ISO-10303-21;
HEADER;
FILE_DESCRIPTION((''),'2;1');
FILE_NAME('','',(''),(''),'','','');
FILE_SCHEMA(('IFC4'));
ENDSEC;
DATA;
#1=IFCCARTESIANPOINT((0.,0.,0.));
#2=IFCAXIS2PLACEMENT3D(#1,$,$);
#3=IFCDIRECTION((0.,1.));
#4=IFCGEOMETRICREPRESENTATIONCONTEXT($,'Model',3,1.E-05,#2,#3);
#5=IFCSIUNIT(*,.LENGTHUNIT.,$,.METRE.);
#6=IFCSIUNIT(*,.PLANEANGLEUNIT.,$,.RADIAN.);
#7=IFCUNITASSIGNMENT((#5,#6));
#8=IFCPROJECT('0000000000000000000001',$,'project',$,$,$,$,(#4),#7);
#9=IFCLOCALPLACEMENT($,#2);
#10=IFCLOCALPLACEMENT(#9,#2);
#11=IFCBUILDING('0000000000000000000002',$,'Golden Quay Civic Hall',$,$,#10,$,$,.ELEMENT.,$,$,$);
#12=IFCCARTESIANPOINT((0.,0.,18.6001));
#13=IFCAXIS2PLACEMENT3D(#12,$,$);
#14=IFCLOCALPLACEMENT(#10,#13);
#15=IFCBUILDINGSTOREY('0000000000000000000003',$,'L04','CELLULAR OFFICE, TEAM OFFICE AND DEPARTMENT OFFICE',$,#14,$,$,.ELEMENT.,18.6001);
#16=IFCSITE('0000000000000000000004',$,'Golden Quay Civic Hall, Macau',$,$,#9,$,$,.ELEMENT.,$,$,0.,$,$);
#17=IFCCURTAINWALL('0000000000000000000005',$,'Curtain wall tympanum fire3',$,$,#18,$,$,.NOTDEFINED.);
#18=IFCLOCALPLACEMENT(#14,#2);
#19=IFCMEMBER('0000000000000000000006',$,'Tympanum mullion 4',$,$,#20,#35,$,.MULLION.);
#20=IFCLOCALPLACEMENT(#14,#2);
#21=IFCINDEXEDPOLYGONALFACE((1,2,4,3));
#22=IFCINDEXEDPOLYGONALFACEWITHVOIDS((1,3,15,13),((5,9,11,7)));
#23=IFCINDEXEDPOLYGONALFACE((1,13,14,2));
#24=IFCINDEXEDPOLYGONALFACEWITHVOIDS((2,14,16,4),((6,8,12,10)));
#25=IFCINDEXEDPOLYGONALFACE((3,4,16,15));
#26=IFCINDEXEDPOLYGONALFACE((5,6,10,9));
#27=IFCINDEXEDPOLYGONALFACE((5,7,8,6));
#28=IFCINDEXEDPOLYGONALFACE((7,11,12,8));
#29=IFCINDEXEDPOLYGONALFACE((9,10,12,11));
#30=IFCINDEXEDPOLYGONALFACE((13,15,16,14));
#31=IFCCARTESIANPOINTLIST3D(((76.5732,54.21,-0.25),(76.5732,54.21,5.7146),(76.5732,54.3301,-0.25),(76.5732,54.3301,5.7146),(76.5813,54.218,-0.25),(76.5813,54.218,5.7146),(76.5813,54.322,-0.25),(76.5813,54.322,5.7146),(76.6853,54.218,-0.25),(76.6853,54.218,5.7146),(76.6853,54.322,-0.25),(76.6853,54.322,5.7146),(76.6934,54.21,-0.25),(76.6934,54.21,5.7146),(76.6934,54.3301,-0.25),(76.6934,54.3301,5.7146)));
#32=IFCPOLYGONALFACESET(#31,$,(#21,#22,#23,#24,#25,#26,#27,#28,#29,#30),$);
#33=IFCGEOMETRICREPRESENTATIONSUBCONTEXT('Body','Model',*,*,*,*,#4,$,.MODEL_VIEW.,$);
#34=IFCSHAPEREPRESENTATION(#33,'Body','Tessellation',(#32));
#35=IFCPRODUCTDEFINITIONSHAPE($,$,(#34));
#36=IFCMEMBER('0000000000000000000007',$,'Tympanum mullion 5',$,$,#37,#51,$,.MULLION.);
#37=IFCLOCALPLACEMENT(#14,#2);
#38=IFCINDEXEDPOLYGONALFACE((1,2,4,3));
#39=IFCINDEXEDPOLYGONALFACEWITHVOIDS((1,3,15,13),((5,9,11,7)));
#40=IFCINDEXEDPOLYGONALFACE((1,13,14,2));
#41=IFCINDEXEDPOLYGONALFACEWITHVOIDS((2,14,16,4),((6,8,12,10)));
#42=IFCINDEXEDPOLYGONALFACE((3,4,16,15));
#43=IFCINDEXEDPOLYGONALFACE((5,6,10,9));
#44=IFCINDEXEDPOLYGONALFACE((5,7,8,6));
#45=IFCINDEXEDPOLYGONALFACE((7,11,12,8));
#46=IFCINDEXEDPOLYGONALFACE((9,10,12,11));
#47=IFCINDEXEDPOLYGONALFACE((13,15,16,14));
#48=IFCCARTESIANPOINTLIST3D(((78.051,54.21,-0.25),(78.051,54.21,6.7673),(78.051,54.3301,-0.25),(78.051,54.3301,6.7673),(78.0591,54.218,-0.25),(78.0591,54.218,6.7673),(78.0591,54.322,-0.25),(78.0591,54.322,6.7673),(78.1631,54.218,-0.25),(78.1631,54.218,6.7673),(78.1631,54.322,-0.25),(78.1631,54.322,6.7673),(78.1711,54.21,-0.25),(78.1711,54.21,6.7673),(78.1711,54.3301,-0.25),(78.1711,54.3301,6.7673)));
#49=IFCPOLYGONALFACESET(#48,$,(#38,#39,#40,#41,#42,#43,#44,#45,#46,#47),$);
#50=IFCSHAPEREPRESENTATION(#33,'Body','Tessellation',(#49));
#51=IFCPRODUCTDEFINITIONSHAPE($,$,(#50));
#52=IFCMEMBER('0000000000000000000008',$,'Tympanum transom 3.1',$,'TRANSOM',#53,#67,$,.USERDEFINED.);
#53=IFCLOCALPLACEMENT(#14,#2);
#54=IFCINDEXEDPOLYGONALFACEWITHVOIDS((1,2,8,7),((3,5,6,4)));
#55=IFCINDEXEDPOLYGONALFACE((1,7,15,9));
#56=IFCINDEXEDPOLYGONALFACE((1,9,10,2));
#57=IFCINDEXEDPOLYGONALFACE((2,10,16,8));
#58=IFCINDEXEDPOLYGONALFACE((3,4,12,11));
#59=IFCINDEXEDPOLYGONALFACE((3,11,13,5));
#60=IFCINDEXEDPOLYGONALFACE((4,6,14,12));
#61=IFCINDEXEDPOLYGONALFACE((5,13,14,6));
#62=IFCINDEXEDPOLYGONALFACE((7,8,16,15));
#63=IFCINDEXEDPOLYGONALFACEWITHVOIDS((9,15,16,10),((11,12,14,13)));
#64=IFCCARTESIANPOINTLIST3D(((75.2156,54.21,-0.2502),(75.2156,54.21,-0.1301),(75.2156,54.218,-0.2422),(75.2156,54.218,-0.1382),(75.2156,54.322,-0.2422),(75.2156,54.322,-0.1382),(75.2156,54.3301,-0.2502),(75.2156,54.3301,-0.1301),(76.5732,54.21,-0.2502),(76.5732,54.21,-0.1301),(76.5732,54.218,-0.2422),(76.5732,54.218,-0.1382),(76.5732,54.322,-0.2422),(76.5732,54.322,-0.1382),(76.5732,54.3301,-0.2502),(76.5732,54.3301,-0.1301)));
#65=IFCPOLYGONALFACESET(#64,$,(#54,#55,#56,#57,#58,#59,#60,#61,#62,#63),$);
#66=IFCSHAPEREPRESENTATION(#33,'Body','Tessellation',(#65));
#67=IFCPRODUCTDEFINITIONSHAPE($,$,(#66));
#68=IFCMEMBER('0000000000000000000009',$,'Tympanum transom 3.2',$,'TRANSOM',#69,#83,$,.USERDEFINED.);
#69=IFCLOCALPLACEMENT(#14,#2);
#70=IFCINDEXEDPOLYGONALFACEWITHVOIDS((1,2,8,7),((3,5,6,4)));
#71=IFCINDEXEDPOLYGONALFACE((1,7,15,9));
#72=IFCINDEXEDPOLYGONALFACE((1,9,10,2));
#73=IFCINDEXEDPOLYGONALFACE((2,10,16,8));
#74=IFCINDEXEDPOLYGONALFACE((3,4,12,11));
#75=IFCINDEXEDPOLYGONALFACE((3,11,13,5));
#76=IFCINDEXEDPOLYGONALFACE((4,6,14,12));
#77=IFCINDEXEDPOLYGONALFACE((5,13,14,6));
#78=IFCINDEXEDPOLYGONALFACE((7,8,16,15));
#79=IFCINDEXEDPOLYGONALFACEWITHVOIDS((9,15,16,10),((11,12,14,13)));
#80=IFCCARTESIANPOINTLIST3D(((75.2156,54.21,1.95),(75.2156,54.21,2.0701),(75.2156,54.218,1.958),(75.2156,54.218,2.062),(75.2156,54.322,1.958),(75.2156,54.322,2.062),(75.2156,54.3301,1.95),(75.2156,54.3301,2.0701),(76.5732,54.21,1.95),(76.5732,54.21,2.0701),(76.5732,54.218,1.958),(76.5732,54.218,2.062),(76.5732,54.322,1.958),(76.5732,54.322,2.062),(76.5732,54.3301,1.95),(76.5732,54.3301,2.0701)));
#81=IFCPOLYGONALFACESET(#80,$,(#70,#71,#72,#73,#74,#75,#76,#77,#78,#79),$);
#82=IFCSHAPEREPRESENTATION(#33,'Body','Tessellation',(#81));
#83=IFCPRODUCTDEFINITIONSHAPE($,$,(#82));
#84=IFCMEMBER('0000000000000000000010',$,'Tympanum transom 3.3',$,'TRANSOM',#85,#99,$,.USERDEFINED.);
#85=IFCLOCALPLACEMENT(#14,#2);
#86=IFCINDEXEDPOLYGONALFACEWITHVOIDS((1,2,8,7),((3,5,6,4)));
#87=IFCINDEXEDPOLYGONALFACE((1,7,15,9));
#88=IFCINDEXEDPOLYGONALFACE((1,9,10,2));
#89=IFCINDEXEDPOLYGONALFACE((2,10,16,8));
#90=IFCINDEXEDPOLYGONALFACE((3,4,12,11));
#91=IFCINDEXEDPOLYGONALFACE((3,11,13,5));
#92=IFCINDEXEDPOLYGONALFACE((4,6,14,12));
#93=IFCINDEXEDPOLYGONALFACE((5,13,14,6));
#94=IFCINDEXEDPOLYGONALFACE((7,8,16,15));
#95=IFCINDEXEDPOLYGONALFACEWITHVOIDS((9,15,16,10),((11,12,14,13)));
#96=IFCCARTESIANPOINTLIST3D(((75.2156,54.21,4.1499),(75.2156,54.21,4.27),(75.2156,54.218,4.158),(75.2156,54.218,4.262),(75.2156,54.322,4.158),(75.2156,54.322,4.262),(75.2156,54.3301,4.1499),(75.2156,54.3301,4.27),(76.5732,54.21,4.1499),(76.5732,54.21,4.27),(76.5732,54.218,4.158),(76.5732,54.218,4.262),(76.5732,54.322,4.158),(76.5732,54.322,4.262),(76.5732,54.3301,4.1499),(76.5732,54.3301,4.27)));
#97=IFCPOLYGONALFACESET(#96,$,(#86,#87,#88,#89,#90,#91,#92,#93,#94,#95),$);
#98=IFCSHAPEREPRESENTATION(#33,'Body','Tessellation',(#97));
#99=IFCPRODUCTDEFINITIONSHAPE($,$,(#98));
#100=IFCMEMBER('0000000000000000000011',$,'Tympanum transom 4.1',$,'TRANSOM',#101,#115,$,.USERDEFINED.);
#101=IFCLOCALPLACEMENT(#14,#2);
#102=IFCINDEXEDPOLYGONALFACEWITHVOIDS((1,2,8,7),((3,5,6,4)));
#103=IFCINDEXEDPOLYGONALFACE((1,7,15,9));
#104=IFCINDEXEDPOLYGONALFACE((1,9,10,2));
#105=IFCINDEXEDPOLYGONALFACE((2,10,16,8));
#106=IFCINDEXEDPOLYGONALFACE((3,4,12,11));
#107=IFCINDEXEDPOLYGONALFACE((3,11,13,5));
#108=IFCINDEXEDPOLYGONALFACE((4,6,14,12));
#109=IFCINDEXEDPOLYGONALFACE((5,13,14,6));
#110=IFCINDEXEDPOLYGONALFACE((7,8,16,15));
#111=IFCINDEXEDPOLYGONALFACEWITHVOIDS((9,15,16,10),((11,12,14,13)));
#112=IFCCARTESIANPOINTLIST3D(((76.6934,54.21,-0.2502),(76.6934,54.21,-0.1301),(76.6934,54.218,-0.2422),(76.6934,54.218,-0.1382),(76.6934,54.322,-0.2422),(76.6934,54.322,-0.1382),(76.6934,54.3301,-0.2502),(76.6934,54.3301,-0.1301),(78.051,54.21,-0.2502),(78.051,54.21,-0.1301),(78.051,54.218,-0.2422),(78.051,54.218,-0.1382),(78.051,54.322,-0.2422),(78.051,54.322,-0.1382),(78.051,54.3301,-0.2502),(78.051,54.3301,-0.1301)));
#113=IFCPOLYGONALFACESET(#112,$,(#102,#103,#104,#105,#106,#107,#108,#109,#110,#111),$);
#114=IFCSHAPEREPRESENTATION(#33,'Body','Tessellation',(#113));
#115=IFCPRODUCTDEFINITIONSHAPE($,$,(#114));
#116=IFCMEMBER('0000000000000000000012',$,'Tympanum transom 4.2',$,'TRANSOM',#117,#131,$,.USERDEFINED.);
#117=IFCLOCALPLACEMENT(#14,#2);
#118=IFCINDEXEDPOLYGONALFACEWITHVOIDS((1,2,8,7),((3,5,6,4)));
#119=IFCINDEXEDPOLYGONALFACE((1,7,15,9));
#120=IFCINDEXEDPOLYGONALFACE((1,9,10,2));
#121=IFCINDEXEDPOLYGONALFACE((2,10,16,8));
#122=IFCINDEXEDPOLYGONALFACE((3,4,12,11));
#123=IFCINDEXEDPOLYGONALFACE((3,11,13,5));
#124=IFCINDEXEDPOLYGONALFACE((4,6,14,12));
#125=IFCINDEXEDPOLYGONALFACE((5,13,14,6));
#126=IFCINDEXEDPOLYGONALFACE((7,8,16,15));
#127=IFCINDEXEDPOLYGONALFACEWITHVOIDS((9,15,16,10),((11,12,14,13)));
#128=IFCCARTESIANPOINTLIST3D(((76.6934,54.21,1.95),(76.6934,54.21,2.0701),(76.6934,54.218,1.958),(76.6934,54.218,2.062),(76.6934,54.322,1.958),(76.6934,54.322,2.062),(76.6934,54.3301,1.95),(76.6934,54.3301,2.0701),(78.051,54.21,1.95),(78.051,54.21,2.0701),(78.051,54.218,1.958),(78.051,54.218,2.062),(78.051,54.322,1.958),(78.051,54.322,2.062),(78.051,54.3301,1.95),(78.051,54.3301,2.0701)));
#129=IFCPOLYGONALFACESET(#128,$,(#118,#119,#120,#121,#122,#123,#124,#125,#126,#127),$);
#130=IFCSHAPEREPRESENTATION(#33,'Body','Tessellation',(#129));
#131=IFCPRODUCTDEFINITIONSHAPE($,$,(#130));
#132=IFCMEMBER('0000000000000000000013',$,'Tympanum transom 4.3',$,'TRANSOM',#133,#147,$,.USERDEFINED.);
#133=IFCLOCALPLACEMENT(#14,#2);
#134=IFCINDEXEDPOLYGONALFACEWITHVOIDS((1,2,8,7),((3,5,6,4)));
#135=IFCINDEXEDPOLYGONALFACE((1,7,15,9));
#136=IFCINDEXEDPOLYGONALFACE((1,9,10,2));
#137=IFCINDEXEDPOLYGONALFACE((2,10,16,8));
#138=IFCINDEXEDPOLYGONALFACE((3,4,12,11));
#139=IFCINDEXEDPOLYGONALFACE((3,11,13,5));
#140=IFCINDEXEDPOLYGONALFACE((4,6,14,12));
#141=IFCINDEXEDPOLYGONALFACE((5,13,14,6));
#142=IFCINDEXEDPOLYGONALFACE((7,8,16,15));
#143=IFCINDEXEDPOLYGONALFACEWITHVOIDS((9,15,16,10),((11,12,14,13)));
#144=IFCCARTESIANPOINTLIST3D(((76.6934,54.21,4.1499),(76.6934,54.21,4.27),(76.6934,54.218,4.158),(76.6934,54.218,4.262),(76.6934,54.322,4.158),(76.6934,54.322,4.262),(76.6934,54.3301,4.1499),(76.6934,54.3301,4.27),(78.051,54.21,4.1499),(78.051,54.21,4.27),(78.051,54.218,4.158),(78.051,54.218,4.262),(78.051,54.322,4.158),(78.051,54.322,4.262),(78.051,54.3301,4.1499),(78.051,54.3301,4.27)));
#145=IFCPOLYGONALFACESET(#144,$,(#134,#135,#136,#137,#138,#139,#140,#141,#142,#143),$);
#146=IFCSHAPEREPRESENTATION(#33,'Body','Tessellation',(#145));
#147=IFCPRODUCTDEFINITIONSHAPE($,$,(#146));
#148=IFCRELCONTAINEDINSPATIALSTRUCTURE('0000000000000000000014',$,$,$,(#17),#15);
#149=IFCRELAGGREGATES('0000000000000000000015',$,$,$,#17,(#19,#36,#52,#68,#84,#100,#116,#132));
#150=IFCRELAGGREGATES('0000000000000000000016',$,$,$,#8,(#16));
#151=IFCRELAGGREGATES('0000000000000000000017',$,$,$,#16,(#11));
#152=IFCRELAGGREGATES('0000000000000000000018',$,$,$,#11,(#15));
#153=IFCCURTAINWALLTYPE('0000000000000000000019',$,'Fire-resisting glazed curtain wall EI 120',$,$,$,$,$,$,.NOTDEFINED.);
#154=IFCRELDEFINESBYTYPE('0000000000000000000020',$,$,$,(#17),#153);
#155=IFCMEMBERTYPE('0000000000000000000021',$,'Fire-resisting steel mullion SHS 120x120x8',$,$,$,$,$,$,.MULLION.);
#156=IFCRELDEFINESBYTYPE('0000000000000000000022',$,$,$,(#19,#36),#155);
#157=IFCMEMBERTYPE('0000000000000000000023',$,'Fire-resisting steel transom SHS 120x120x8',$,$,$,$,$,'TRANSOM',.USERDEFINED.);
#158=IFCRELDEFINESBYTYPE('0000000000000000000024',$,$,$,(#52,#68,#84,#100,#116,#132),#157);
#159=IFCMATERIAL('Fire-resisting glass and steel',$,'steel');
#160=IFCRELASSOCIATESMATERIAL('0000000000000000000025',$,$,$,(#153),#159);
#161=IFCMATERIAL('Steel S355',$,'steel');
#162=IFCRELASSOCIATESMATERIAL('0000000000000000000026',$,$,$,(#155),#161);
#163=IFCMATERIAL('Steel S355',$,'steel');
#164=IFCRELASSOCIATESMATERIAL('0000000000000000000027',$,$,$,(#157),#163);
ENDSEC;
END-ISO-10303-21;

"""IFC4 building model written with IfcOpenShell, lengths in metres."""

from ifc_helpers import new_model, si_unit, direction, frame, origin, origin_2d, place, context, subcontext, project, spatial, hollow_rectangle, extrude, material, material_profile, profile_set, type_object, element, aggregate, save


model = new_model("IFC4")

# Units and contexts
model_context = context("Model", 3, precision=1e-05, world=origin(), true_north=direction((0.0, 1.0)))
body_context = subcontext(model_context, "Body", "Model", "MODEL_VIEW")
ifc_project = project(units=[si_unit("LENGTHUNIT", "METRE"), si_unit("PLANEANGLEUNIT", "RADIAN")], contexts=[model_context])

# Site, building, storey
site_placement = place(None, origin())
site = spatial("IfcSite", under=ifc_project, at=site_placement, Name="Golden Quay Civic Hall, Macau", CompositionType="ELEMENT", RefElevation=0.0)
building_placement = place(site_placement, origin())
building = spatial("IfcBuilding", under=site, at=building_placement, Name="Golden Quay Civic Hall", CompositionType="ELEMENT")
storey_placement = place(building_placement, frame((0.0, 0.0, 18.6001)))
storey = spatial("IfcBuildingStorey", under=building, at=storey_placement, Name="L04", Description="CELLULAR OFFICE, TEAM OFFICE AND DEPARTMENT OFFICE", CompositionType="ELEMENT", Elevation=18.6001)

# Curtain wall, members
ifc_material_1 = material(Name="Fire-resisting glass and steel", Category="steel")
curtain_wall_type_1 = type_object("IfcCurtainWallType", Name="Fire-resisting glazed curtain wall EI 120", PredefinedType="NOTDEFINED", material=ifc_material_1)
curtain_wall_1_placement = place(storey_placement, origin())
curtain_wall_1 = element("IfcCurtainWall", 1, at=curtain_wall_1_placement, inside=storey, type_object=curtain_wall_type_1, Name="Curtain wall tympanum fire3", PredefinedType="NOTDEFINED")
ifc_material_2 = material(Name="Steel S355", Category="steel")
ifc_material_profile_1 = material_profile(ifc_material_2, hollow_rectangle(XDim=0.1201, YDim=0.1201, WallThickness=0.0081, at=origin_2d()), Name="SHS 120x120x8")
ifc_profile_set_1 = profile_set([ifc_material_profile_1], Name="Steel S355")
member_type_1 = type_object("IfcMemberType", Name="Fire-resisting steel mullion SHS 120x120x8", PredefinedType="MULLION", material=ifc_profile_set_1)
member_1_placement = place(storey_placement, frame((76.6333, 54.27, -0.25), z_axis=(0.0, 0.0, 1.0), x_axis=(0.0, 1.0, 0.0)))
member_1 = element("IfcMember", 2, at=member_1_placement, type_object=member_type_1, Name="Tympanum mullion 4", PredefinedType="MULLION", context=body_context, shape_type="SweptSolid", body=[
    extrude(hollow_rectangle(XDim=0.1201, YDim=0.1201, WallThickness=0.0081, at=origin_2d()), origin(), (0.0, 0.0, 1.0), 5.9646),
])
member_2_placement = place(storey_placement, frame((78.1111, 54.27, -0.25), z_axis=(0.0, 0.0, 1.0), x_axis=(0.0, 1.0, 0.0)))
member_2 = element("IfcMember", 3, at=member_2_placement, type_object=member_type_1, Name="Tympanum mullion 5", PredefinedType="MULLION", context=body_context, shape_type="SweptSolid", body=[
    extrude(hollow_rectangle(XDim=0.1201, YDim=0.1201, WallThickness=0.0081, at=origin_2d()), origin(), (0.0, 0.0, 1.0), 7.0173),
])
ifc_material_3 = material(Name="Steel S355", Category="steel")
ifc_material_profile_2 = material_profile(ifc_material_3, hollow_rectangle(XDim=0.1201, YDim=0.1201, WallThickness=0.0081, at=origin_2d()), Name="SHS 120x120x8")
ifc_profile_set_2 = profile_set([ifc_material_profile_2], Name="Steel S355")
member_type_2 = type_object("IfcMemberType", Name="Fire-resisting steel transom SHS 120x120x8", ElementType="TRANSOM", PredefinedType="USERDEFINED", material=ifc_profile_set_2)
member_3_placement = place(storey_placement, frame((75.2156, 54.27, -0.1902), z_axis=(1.0, 0.0, 0.0), x_axis=(0.0, 1.0, 0.0)))
member_3 = element("IfcMember", 4, at=member_3_placement, type_object=member_type_2, Name="Tympanum transom 3.1", ObjectType="TRANSOM", PredefinedType="USERDEFINED", context=body_context, shape_type="SweptSolid", body=[
    extrude(hollow_rectangle(XDim=0.1201, YDim=0.1201, WallThickness=0.0081, at=origin_2d()), origin(), (0.0, 0.0, 1.0), 1.3577),
])
member_4_placement = place(storey_placement, frame((75.2156, 54.27, 2.01), z_axis=(1.0, 0.0, 0.0), x_axis=(0.0, 1.0, 0.0)))
member_4 = element("IfcMember", 5, at=member_4_placement, type_object=member_type_2, Name="Tympanum transom 3.2", ObjectType="TRANSOM", PredefinedType="USERDEFINED", context=body_context, shape_type="SweptSolid", body=[
    extrude(hollow_rectangle(XDim=0.1201, YDim=0.1201, WallThickness=0.0081, at=origin_2d()), origin(), (0.0, 0.0, 1.0), 1.3577),
])
member_5_placement = place(storey_placement, frame((75.2156, 54.27, 4.21), z_axis=(1.0, 0.0, 0.0), x_axis=(0.0, 1.0, 0.0)))
member_5 = element("IfcMember", 6, at=member_5_placement, type_object=member_type_2, Name="Tympanum transom 3.3", ObjectType="TRANSOM", PredefinedType="USERDEFINED", context=body_context, shape_type="SweptSolid", body=[
    extrude(hollow_rectangle(XDim=0.1201, YDim=0.1201, WallThickness=0.0081, at=origin_2d()), origin(), (0.0, 0.0, 1.0), 1.3577),
])
member_6_placement = place(storey_placement, frame((76.6934, 54.27, -0.1902), z_axis=(1.0, 0.0, 0.0), x_axis=(0.0, 1.0, 0.0)))
member_6 = element("IfcMember", 7, at=member_6_placement, type_object=member_type_2, Name="Tympanum transom 4.1", ObjectType="TRANSOM", PredefinedType="USERDEFINED", context=body_context, shape_type="SweptSolid", body=[
    extrude(hollow_rectangle(XDim=0.1201, YDim=0.1201, WallThickness=0.0081, at=origin_2d()), origin(), (0.0, 0.0, 1.0), 1.3577),
])
member_7_placement = place(storey_placement, frame((76.6934, 54.27, 2.01), z_axis=(1.0, 0.0, 0.0), x_axis=(0.0, 1.0, 0.0)))
member_7 = element("IfcMember", 8, at=member_7_placement, type_object=member_type_2, Name="Tympanum transom 4.2", ObjectType="TRANSOM", PredefinedType="USERDEFINED", context=body_context, shape_type="SweptSolid", body=[
    extrude(hollow_rectangle(XDim=0.1201, YDim=0.1201, WallThickness=0.0081, at=origin_2d()), origin(), (0.0, 0.0, 1.0), 1.3577),
])
member_8_placement = place(storey_placement, frame((76.6934, 54.27, 4.21), z_axis=(1.0, 0.0, 0.0), x_axis=(0.0, 1.0, 0.0)))
member_8 = element("IfcMember", 9, at=member_8_placement, type_object=member_type_2, Name="Tympanum transom 4.3", ObjectType="TRANSOM", PredefinedType="USERDEFINED", context=body_context, shape_type="SweptSolid", body=[
    extrude(hollow_rectangle(XDim=0.1201, YDim=0.1201, WallThickness=0.0081, at=origin_2d()), origin(), (0.0, 0.0, 1.0), 1.3577),
])

aggregate(curtain_wall_1, [member_1, member_2, member_3, member_4, member_5, member_6, member_7, member_8])

save(model, "model.ifc")
